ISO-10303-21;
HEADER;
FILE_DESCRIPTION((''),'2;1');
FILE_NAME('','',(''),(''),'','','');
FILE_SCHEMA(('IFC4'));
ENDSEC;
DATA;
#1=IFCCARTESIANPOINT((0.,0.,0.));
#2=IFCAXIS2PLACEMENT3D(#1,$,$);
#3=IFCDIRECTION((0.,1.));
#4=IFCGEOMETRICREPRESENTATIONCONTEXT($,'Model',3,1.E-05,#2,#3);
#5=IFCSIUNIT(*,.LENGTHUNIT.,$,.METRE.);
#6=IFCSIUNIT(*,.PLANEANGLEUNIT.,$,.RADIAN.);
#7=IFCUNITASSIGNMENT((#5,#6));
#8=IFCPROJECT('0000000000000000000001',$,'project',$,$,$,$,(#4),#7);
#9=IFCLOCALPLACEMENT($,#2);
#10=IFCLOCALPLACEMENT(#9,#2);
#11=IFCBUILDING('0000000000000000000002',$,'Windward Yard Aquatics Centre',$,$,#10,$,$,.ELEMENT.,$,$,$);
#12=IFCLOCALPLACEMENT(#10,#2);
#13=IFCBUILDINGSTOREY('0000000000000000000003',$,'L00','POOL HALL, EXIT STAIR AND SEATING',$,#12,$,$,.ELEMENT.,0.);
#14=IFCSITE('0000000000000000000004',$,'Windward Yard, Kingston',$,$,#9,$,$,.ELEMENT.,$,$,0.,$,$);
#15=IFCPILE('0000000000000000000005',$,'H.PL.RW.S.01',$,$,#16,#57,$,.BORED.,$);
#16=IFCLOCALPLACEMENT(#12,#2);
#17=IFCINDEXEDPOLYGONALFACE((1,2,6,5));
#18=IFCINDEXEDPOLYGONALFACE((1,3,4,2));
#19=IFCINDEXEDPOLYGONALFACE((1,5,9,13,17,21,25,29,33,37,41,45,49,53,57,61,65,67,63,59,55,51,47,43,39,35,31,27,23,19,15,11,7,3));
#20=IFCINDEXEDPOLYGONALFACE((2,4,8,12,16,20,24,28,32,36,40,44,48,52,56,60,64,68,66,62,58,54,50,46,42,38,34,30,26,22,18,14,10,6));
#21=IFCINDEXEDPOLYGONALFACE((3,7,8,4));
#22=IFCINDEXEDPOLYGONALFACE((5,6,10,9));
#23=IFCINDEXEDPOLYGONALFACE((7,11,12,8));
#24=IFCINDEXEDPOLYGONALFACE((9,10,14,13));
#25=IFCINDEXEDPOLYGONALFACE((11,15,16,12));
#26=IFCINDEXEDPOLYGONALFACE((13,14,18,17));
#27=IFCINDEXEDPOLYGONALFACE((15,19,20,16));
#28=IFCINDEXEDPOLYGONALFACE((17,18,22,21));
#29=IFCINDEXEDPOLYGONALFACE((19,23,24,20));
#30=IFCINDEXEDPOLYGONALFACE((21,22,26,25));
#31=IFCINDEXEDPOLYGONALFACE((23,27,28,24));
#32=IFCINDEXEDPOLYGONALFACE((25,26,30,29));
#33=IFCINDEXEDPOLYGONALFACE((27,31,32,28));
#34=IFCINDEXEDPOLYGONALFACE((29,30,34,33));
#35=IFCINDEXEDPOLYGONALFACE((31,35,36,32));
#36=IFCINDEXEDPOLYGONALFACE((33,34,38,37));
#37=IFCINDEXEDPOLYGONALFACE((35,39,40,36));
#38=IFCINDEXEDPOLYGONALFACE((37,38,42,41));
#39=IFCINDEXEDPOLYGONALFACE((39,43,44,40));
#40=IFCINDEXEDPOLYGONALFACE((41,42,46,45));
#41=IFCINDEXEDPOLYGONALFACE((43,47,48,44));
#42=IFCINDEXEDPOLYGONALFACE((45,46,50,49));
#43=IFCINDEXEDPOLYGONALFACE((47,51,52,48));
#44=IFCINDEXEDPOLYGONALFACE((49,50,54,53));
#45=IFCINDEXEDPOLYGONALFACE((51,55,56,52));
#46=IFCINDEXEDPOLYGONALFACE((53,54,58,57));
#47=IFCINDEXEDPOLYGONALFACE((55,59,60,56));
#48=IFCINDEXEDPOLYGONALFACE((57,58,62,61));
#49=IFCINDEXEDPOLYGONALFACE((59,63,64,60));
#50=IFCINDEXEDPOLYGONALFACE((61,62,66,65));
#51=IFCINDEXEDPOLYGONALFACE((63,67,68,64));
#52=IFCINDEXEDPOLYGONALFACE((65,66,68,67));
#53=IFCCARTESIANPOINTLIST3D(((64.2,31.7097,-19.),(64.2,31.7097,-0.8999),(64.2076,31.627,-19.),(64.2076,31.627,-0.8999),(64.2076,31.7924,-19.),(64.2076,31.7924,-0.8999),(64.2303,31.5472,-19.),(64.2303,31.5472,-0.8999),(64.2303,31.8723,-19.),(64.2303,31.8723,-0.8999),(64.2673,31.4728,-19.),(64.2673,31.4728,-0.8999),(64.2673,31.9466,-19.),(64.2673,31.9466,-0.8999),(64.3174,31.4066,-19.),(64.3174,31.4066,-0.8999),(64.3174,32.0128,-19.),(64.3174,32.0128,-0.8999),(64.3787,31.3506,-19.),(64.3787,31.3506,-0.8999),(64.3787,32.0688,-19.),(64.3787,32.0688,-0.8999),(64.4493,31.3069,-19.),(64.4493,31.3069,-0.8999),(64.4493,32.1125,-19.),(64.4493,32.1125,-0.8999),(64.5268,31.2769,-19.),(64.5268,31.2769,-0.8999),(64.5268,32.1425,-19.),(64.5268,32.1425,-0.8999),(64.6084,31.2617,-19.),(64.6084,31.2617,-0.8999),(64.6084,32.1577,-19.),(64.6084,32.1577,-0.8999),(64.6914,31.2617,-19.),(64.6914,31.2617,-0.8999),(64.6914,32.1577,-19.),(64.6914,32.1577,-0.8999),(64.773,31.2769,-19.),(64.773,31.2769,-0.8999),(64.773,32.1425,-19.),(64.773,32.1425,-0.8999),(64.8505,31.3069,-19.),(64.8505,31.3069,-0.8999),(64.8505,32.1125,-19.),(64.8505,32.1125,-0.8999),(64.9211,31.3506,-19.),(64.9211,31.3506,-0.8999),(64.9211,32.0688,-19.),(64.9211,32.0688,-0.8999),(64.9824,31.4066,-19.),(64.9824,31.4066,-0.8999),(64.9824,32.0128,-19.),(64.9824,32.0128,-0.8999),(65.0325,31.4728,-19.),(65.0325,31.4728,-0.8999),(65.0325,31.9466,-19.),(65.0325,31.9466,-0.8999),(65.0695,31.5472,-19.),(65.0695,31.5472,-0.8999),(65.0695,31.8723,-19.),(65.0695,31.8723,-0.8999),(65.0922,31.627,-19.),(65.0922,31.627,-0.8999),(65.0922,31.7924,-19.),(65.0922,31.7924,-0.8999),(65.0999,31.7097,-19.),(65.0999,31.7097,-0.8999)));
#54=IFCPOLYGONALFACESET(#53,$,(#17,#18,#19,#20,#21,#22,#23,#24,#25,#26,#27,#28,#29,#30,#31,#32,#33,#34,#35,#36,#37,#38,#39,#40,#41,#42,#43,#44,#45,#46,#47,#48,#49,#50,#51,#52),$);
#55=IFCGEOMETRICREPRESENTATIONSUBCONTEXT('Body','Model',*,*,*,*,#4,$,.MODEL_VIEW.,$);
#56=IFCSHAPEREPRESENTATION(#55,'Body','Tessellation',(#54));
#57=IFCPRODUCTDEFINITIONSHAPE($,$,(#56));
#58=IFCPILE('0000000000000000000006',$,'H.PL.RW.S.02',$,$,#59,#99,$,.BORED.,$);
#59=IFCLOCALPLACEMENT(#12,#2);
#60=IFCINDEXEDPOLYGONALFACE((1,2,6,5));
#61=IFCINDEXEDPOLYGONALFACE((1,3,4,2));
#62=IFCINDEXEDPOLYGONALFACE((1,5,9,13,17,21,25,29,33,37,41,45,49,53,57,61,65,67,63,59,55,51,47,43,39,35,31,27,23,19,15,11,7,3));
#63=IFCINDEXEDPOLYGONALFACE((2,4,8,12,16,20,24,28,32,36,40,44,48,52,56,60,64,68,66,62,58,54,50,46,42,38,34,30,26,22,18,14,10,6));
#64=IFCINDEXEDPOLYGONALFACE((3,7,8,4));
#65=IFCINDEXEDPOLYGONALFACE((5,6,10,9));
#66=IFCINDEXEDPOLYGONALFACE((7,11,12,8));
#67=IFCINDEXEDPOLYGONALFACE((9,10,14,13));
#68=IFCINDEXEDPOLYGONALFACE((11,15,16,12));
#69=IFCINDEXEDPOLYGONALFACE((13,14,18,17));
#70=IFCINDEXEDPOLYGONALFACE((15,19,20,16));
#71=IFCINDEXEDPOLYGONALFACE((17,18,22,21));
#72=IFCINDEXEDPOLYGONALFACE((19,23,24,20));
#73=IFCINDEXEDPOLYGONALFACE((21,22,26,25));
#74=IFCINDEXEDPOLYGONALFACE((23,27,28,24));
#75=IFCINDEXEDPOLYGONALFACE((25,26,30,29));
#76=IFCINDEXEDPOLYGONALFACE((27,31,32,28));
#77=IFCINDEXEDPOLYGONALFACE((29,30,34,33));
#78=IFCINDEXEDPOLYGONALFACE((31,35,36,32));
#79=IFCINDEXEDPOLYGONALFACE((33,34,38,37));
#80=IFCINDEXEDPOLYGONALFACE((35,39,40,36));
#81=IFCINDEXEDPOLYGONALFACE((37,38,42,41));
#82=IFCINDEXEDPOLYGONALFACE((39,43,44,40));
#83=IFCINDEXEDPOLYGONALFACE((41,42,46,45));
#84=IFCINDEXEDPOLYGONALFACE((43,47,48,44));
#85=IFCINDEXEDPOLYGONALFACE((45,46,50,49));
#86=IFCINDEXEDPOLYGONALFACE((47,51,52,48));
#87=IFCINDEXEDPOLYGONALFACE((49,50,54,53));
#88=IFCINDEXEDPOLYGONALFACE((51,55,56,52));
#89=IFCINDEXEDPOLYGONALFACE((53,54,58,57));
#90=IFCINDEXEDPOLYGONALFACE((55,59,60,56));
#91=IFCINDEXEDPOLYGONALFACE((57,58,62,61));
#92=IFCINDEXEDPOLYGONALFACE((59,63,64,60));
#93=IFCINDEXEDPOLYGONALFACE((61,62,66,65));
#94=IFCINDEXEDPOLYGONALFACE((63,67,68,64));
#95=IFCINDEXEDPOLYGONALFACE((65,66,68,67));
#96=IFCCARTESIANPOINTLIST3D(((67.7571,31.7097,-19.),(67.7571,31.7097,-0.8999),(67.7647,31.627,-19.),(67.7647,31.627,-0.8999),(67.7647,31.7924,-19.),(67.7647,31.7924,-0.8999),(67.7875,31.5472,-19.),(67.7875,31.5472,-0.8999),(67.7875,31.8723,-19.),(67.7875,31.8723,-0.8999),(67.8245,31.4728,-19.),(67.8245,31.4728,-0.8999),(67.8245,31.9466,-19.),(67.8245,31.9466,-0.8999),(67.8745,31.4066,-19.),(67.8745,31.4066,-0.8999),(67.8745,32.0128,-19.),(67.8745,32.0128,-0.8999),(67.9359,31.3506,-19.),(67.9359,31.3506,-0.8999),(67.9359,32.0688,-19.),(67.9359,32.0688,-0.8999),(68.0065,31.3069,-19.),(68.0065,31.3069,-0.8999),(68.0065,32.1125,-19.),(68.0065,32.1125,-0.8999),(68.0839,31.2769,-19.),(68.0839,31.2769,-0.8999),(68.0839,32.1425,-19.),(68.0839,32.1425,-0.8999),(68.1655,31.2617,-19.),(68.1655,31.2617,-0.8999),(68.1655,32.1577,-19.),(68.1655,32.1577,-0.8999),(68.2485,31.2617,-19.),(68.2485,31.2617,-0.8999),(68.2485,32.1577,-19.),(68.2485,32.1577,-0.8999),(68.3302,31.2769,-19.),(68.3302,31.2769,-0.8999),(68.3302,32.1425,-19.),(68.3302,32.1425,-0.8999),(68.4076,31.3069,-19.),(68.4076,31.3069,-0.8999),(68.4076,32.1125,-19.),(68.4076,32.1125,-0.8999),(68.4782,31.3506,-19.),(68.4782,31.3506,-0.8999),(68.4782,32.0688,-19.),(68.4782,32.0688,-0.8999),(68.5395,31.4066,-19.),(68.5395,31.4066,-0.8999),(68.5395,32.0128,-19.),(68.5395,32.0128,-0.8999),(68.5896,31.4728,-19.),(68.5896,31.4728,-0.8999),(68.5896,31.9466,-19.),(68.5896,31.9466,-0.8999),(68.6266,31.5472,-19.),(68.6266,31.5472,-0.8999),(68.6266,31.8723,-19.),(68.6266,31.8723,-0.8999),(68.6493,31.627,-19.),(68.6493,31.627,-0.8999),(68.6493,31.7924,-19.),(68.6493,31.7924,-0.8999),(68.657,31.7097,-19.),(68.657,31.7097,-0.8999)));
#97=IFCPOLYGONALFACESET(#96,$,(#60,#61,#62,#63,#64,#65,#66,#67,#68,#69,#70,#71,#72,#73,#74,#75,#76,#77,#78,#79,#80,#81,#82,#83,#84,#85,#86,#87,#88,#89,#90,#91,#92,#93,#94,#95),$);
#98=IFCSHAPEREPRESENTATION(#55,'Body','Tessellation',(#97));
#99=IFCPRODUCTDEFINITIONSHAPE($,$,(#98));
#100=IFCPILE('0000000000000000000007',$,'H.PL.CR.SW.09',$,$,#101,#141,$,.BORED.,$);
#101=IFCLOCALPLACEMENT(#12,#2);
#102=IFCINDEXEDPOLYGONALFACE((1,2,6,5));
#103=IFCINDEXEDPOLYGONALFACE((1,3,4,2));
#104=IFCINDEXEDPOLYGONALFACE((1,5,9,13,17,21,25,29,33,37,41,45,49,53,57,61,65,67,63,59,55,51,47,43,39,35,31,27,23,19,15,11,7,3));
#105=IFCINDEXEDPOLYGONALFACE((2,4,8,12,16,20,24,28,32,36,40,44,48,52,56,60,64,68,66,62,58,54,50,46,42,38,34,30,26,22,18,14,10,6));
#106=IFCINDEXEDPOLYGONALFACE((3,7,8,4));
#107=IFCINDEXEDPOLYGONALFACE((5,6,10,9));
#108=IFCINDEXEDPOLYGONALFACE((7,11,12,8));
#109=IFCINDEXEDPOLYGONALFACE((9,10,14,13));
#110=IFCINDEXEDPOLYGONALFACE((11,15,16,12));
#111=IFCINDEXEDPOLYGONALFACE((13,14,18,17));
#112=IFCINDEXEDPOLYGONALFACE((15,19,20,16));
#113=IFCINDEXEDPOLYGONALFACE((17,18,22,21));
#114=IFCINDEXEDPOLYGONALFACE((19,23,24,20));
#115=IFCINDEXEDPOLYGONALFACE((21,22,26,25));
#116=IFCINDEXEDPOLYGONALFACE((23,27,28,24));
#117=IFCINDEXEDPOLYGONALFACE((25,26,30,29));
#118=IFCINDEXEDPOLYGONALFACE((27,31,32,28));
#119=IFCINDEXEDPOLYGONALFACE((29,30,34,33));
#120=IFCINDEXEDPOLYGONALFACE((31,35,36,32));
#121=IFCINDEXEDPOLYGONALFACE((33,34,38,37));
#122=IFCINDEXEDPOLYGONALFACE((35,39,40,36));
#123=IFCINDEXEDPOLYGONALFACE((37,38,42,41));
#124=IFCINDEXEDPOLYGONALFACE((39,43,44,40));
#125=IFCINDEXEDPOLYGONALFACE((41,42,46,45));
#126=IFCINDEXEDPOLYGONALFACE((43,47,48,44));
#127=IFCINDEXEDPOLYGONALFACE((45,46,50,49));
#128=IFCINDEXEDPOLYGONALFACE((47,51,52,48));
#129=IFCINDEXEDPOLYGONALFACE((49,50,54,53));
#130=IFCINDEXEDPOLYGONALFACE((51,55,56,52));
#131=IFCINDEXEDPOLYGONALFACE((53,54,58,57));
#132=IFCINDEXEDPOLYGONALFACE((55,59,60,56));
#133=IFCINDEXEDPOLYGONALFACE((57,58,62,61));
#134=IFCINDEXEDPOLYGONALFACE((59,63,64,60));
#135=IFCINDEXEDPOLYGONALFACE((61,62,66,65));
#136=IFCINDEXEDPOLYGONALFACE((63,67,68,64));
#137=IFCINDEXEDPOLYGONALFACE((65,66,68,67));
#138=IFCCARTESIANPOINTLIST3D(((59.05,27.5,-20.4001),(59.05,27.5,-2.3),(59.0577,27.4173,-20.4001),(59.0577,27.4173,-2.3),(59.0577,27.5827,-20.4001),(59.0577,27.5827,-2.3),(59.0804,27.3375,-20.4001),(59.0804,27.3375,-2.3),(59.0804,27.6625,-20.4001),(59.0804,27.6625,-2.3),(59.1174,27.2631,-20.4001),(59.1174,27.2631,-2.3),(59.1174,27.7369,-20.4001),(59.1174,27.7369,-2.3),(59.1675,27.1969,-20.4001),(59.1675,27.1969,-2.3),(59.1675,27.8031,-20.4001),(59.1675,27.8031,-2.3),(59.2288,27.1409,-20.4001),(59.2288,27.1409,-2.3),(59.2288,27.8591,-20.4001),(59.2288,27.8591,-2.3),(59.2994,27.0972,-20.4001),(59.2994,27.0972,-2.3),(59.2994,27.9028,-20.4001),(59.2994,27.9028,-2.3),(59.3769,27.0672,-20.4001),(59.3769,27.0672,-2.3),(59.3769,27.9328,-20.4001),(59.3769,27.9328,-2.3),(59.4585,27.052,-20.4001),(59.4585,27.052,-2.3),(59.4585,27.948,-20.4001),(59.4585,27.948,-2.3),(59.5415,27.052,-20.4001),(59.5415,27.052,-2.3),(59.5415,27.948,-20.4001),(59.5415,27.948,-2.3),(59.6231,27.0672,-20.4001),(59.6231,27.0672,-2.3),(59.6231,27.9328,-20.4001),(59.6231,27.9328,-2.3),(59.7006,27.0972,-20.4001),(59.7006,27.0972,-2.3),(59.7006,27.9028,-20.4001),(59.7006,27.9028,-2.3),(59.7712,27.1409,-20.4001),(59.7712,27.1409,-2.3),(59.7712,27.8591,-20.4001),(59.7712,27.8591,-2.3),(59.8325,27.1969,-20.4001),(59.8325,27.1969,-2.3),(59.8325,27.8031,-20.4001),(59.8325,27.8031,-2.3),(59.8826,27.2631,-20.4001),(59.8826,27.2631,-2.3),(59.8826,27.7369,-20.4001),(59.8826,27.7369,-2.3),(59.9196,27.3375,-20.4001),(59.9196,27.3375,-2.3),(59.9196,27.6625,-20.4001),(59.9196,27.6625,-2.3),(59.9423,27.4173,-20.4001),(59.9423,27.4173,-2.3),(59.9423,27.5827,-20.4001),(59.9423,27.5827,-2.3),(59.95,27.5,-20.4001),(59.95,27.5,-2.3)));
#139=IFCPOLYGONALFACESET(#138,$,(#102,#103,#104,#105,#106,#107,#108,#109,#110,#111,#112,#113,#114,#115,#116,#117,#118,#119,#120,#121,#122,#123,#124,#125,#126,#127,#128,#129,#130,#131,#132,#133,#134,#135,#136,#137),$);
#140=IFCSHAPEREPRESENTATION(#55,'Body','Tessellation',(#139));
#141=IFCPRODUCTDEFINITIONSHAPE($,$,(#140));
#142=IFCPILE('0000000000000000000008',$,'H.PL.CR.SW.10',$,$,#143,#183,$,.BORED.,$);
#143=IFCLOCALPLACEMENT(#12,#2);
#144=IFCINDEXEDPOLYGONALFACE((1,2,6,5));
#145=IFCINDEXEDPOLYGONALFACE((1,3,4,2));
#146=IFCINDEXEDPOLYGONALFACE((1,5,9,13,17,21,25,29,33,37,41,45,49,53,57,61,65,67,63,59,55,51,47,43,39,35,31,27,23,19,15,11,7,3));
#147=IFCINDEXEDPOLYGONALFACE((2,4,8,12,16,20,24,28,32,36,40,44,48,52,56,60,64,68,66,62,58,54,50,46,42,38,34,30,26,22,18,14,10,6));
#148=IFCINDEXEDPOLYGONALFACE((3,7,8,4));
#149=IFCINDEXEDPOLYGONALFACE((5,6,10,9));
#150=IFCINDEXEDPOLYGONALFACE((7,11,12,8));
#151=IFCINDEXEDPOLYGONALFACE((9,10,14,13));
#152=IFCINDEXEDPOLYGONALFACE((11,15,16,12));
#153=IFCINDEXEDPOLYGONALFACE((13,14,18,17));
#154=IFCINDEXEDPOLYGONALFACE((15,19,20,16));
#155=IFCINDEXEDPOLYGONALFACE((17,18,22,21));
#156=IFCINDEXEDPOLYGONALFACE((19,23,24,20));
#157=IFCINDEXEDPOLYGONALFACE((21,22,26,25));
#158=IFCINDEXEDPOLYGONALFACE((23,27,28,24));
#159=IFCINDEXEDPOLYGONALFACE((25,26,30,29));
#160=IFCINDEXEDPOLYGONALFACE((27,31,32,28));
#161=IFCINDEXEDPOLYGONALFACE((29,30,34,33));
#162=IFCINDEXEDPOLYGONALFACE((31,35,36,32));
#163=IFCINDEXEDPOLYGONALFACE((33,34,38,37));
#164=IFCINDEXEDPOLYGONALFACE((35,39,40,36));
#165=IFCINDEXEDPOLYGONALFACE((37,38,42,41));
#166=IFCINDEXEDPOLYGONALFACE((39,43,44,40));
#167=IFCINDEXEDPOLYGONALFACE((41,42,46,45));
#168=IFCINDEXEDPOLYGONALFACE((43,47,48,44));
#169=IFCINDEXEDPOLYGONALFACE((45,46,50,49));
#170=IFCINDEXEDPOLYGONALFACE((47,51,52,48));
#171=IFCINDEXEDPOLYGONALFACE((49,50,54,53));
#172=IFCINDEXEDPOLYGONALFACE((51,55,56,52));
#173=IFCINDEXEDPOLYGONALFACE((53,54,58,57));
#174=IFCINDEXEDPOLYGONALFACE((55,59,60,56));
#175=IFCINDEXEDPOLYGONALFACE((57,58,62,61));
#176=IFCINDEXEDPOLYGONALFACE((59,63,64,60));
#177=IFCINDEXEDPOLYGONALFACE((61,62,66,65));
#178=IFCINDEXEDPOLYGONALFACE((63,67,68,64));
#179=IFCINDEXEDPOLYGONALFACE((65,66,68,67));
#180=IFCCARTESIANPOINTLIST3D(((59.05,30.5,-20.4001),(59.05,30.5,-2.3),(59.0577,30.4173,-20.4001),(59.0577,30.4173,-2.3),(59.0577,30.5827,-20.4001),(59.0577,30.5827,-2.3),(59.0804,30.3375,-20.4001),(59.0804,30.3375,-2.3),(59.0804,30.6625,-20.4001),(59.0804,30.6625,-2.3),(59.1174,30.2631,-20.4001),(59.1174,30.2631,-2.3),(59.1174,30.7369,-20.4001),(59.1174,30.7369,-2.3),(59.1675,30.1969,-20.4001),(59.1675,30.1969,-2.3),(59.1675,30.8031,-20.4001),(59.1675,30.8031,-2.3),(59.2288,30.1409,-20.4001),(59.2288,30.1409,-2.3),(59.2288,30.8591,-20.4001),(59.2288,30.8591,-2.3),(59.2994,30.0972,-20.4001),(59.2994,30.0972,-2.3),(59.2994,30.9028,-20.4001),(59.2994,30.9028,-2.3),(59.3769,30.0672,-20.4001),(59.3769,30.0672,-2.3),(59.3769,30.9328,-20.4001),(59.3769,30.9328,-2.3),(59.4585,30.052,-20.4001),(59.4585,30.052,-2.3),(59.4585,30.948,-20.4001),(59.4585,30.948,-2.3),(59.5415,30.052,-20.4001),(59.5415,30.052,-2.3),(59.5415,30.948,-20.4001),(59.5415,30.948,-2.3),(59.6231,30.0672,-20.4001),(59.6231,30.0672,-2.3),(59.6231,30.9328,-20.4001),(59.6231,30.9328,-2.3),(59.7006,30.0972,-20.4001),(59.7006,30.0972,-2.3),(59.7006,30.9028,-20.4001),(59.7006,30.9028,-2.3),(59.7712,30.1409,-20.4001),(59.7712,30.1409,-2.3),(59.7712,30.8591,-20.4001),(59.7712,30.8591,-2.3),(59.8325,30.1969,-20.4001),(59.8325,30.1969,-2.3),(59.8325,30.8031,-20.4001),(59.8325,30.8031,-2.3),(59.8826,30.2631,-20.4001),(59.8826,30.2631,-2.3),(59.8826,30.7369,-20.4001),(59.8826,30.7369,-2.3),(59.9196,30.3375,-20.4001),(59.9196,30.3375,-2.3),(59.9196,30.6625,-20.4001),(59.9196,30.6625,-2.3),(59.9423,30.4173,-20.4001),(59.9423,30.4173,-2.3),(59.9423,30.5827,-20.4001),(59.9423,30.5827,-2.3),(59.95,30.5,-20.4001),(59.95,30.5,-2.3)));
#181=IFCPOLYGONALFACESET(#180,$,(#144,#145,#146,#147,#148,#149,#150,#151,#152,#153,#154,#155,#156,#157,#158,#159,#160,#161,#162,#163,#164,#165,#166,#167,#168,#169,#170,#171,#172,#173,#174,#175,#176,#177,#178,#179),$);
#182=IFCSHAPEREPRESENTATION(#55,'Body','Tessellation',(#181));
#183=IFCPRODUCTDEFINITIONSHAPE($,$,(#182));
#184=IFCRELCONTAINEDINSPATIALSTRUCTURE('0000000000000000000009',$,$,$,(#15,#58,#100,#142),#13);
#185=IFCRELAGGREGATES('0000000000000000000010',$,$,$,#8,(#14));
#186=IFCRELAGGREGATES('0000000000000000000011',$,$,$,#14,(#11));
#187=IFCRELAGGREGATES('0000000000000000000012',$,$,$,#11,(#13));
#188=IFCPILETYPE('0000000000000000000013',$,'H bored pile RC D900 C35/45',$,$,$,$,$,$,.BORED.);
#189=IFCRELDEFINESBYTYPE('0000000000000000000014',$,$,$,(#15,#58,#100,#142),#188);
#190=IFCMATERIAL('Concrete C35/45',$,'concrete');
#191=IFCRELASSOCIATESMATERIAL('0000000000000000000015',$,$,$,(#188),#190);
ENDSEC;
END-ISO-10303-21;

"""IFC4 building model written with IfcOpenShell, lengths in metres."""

from ifc_helpers import new_model, si_unit, direction, frame, origin, origin_2d, place, context, subcontext, project, spatial, circle, extrude, material, material_profile, profile_set, type_object, element, save


model = new_model("IFC4")

# Units and contexts
model_context = context("Model", 3, precision=1e-05, world=origin(), true_north=direction((0.0, 1.0)))
body_context = subcontext(model_context, "Body", "Model", "MODEL_VIEW")
ifc_project = project(units=[si_unit("LENGTHUNIT", "METRE"), si_unit("PLANEANGLEUNIT", "RADIAN")], contexts=[model_context])

# Site, building, storey
site_placement = place(None, origin())
site = spatial("IfcSite", under=ifc_project, at=site_placement, Name="Windward Yard, Kingston", CompositionType="ELEMENT", RefElevation=0.0)
building_placement = place(site_placement, origin())
building = spatial("IfcBuilding", under=site, at=building_placement, Name="Windward Yard Aquatics Centre", CompositionType="ELEMENT")
storey_placement = place(building_placement, origin())
storey = spatial("IfcBuildingStorey", under=building, at=storey_placement, Name="L00", Description="POOL HALL, EXIT STAIR AND SEATING", CompositionType="ELEMENT", Elevation=0.0)

# Piles
ifc_material_1 = material(Name="Concrete C35/45", Category="concrete")
ifc_material_profile = material_profile(ifc_material_1, circle(Radius=0.45, at=origin_2d()), Name="RC D900")
ifc_profile_set = profile_set([ifc_material_profile], Name="Concrete C35/45")
pile_type = type_object("IfcPileType", Name="H bored pile RC D900 C35/45", PredefinedType="BORED", material=ifc_profile_set)
for number, where, z_axis, x_axis, name in (
    (1, (64.6499, 31.7097, -0.8999), (0.0, 0.0, -1.0), (1.0, 0.0, 0.0), "H.PL.RW.S.01"),
    (2, (68.207, 31.7097, -0.8999), (0.0, 0.0, -1.0), (1.0, 0.0, 0.0), "H.PL.RW.S.02"),
    (3, (59.5, 27.5, -2.3), (0.0, 0.0, -1.0), (1.0, 0.0, 0.0), "H.PL.CR.SW.09"),
    (4, (59.5, 30.5, -2.3), (0.0, 0.0, -1.0), (1.0, 0.0, 0.0), "H.PL.CR.SW.10"),
):
    element("IfcPile", number, at=place(storey_placement, frame(where, z_axis=z_axis, x_axis=x_axis)), inside=storey, type_object=pile_type, Name=name, PredefinedType="BORED", context=body_context, shape_type="SweptSolid", body=[
        extrude(circle(Radius=0.45, at=origin_2d()), origin(), (0.0, 0.0, 1.0), 18.1001),
    ])

save(model, "model.ifc")
